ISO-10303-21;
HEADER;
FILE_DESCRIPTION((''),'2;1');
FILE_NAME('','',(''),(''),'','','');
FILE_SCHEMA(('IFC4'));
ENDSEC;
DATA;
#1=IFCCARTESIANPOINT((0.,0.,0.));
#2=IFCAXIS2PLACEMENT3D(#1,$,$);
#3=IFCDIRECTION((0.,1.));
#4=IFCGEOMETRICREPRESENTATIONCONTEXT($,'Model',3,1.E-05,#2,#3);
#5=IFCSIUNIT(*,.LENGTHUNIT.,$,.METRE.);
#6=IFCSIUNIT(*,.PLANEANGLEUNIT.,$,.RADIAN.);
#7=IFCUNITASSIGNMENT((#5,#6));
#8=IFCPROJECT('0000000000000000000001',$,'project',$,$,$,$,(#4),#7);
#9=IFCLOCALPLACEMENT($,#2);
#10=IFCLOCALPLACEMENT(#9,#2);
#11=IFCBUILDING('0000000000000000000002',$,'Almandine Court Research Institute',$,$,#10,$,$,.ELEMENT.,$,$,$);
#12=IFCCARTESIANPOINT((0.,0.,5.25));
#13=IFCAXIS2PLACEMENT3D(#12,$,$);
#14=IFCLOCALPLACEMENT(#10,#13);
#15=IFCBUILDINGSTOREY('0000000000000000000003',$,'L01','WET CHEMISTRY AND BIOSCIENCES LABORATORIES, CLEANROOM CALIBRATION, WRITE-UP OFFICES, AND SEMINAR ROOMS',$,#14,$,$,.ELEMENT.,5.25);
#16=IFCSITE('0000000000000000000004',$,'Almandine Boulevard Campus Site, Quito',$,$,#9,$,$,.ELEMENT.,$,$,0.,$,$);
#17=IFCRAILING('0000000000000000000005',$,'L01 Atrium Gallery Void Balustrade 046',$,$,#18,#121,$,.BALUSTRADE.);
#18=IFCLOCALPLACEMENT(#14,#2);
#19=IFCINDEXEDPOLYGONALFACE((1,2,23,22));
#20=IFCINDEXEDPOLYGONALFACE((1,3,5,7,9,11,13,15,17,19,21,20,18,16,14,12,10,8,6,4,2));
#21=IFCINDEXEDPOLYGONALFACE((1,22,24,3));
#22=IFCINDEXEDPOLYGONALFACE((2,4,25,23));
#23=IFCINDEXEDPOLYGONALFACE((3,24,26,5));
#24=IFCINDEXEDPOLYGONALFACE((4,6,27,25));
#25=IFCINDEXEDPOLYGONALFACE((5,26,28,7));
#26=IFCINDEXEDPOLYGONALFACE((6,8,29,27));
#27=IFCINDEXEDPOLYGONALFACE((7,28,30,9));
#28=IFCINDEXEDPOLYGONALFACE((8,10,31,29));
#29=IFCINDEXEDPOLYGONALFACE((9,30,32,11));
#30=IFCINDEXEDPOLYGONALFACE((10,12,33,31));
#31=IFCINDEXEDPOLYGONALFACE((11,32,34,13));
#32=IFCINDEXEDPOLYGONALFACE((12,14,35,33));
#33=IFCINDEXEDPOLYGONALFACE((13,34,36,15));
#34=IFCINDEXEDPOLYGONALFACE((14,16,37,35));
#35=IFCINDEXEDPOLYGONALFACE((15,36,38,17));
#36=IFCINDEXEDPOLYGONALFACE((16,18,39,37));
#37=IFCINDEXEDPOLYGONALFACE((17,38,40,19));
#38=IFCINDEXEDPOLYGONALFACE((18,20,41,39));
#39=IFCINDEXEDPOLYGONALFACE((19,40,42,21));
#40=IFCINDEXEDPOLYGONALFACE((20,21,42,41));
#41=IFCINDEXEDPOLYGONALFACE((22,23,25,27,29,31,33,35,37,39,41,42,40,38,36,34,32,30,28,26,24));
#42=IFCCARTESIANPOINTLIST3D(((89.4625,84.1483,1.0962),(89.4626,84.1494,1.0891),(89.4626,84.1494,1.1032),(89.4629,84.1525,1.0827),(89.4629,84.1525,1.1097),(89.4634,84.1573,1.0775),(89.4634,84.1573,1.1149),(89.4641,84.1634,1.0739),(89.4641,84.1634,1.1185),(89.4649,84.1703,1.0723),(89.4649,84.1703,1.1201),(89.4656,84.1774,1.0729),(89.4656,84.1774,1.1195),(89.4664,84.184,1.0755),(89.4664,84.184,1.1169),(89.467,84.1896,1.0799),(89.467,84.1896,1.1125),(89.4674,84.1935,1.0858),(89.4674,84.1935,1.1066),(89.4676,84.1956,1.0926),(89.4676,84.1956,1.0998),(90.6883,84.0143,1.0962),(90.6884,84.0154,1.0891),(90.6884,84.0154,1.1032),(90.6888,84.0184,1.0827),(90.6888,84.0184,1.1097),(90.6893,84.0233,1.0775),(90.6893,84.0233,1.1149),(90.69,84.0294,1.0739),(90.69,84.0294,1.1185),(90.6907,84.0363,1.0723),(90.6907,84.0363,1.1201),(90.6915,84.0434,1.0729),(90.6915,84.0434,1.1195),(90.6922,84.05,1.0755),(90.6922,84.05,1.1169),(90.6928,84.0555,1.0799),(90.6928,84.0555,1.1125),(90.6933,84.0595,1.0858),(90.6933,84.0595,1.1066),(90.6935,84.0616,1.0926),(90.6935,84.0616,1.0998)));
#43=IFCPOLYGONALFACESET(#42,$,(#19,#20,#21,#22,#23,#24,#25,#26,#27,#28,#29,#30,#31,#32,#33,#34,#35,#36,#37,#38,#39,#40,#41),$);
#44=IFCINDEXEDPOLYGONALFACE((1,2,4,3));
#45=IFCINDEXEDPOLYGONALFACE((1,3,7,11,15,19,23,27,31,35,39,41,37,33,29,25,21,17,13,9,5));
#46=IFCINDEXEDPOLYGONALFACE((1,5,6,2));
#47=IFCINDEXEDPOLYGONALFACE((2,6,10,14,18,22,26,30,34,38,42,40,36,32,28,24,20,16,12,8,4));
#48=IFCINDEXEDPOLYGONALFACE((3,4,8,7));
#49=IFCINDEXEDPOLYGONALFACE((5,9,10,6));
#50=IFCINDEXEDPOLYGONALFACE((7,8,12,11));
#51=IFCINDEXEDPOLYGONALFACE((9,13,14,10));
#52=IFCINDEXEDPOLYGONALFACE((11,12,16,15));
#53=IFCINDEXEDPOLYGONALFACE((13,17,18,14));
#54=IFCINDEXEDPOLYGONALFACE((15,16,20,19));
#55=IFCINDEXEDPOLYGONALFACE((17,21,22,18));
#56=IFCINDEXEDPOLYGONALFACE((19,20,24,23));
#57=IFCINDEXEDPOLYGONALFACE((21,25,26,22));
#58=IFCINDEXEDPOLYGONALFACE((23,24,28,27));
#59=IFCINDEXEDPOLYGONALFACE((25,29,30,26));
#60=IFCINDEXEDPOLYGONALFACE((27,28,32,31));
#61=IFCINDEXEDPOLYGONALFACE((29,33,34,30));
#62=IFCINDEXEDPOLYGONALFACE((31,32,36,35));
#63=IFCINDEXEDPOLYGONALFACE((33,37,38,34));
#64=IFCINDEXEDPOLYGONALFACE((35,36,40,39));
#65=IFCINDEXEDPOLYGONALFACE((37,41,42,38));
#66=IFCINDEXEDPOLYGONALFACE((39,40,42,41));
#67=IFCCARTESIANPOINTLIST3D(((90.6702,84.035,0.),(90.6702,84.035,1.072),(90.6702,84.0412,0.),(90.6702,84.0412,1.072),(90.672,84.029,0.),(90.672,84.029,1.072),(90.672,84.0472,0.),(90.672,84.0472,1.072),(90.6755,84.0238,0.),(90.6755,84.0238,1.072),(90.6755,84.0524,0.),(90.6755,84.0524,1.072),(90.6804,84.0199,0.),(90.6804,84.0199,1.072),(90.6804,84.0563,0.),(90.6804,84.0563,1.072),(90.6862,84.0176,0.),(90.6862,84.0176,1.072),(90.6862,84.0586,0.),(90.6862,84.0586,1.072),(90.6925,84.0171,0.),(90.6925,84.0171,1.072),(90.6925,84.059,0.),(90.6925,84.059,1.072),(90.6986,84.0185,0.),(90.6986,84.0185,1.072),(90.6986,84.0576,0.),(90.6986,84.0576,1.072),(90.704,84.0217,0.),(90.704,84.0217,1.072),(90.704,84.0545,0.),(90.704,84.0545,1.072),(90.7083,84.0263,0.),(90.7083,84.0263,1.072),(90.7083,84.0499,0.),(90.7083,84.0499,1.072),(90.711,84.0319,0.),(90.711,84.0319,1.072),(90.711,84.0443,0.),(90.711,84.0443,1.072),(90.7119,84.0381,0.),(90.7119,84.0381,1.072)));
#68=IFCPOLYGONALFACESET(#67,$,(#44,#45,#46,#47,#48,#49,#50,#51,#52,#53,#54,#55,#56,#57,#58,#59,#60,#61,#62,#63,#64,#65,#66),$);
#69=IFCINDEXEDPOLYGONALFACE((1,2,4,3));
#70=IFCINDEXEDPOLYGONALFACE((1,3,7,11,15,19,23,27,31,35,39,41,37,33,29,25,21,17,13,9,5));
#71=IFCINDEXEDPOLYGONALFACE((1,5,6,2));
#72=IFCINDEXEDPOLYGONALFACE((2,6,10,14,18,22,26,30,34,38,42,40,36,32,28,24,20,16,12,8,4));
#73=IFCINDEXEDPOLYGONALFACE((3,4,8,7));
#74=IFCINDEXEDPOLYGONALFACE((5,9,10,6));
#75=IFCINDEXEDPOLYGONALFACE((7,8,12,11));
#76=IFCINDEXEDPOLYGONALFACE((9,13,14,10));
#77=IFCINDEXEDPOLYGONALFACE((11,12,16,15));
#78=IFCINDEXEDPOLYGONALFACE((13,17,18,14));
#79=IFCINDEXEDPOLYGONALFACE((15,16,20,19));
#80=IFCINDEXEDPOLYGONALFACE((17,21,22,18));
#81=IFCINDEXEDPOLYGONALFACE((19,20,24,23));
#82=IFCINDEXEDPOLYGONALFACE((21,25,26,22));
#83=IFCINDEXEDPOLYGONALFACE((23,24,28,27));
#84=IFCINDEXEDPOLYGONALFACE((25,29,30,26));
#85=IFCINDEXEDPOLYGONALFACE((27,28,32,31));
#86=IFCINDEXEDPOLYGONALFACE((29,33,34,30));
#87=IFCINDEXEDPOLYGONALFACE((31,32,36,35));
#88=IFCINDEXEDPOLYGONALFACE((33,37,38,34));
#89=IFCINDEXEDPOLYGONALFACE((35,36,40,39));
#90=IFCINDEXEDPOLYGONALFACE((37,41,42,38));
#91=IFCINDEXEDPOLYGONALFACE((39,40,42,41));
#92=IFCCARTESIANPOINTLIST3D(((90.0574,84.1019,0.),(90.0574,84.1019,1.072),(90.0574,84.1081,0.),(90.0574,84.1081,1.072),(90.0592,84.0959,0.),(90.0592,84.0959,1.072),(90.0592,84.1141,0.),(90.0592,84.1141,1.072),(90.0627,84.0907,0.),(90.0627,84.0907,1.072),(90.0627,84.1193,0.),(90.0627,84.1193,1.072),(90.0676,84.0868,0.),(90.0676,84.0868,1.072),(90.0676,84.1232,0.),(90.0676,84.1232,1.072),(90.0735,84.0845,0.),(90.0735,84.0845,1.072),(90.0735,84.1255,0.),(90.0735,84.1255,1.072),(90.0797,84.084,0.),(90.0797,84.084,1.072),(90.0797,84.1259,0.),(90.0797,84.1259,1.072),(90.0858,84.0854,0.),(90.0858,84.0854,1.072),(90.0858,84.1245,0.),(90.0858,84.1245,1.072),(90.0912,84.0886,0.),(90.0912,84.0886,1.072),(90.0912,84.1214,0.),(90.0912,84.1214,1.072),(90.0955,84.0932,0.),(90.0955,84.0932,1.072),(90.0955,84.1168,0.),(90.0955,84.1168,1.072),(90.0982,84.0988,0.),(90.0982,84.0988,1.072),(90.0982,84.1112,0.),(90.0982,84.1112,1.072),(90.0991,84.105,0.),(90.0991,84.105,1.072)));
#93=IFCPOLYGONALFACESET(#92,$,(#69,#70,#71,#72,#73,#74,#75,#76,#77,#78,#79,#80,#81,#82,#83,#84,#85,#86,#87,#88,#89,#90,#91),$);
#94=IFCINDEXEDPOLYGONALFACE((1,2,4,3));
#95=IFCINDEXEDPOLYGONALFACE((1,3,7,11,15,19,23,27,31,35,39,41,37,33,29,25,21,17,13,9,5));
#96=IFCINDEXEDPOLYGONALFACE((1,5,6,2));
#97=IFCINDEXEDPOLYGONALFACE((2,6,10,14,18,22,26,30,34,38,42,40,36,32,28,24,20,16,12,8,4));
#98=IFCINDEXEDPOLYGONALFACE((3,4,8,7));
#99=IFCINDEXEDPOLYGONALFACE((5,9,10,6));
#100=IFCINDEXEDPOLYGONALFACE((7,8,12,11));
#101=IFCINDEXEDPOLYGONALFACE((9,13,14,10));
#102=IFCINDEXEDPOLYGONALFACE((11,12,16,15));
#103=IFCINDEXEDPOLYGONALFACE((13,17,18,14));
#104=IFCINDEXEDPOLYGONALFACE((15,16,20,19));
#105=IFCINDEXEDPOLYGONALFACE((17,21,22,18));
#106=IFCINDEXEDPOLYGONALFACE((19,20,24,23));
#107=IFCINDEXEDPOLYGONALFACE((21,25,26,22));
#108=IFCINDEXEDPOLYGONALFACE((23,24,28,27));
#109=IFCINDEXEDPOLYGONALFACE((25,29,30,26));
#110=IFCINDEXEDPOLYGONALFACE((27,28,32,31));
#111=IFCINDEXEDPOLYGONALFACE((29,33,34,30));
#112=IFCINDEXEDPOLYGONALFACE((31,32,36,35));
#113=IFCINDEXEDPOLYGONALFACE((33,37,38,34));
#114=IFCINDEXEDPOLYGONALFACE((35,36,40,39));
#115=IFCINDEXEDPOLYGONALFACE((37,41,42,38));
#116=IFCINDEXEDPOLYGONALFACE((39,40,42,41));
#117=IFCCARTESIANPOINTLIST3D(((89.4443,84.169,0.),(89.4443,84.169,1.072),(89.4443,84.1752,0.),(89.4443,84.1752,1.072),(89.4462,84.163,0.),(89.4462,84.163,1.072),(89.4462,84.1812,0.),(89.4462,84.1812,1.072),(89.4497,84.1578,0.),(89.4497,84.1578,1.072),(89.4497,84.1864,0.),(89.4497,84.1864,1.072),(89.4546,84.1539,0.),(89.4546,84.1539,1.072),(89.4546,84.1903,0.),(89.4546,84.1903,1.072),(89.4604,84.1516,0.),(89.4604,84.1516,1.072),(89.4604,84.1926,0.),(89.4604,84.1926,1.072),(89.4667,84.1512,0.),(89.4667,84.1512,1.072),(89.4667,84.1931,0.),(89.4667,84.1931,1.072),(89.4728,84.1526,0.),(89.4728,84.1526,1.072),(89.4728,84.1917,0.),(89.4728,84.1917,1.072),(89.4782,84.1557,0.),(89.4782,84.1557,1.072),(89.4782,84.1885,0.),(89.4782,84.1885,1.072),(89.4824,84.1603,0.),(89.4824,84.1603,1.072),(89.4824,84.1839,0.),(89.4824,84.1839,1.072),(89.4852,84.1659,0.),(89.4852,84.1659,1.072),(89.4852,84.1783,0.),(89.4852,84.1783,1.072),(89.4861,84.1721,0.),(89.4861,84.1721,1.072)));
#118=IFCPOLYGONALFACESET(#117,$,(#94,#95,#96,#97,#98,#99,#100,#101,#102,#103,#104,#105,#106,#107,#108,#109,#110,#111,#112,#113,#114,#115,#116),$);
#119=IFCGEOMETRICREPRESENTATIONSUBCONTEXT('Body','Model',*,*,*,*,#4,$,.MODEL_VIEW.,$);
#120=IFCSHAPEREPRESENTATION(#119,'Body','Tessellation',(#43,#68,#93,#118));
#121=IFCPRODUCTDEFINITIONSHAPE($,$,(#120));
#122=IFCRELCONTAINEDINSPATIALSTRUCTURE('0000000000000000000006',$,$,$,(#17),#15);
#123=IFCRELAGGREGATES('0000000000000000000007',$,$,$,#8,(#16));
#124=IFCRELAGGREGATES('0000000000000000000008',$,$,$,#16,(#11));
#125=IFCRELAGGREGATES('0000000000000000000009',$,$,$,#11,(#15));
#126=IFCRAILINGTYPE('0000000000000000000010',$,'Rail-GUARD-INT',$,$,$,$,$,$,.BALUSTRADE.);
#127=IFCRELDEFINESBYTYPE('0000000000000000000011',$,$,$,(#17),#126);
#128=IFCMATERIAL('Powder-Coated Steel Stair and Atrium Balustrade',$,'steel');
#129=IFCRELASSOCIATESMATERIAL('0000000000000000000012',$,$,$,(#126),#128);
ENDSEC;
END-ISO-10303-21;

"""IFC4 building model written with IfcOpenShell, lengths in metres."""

from ifc_helpers import new_model, si_unit, direction, frame, origin, origin_2d, place, context, subcontext, project, spatial, circle, extrude, material, type_object, element, save


model = new_model("IFC4")

# Units and contexts
model_context = context("Model", 3, precision=1e-05, world=origin(), true_north=direction((0.0, 1.0)))
body_context = subcontext(model_context, "Body", "Model", "MODEL_VIEW")
ifc_project = project(units=[si_unit("LENGTHUNIT", "METRE"), si_unit("PLANEANGLEUNIT", "RADIAN")], contexts=[model_context])

# Site, building, storey
site_placement = place(None, origin())
site = spatial("IfcSite", under=ifc_project, at=site_placement, Name="Almandine Boulevard Campus Site, Quito", CompositionType="ELEMENT", RefElevation=0.0)
building_placement = place(site_placement, origin())
building = spatial("IfcBuilding", under=site, at=building_placement, Name="Almandine Court Research Institute", CompositionType="ELEMENT")
storey_placement = place(building_placement, frame((0.0, 0.0, 5.25)))
storey = spatial("IfcBuildingStorey", under=building, at=storey_placement, Name="L01", Description="WET CHEMISTRY AND BIOSCIENCES LABORATORIES, CLEANROOM CALIBRATION, WRITE-UP OFFICES, AND SEMINAR ROOMS", CompositionType="ELEMENT", Elevation=5.25)

# Railing
ifc_material_1 = material(Name="Powder-Coated Steel Stair and Atrium Balustrade", Category="steel")
railing_type = type_object("IfcRailingType", Name="Rail-GUARD-INT", PredefinedType="BALUSTRADE", material=ifc_material_1)
railing_1_placement = place(storey_placement, frame((90.6909, 84.0381, 0.0)))
element("IfcRailing", 1, at=railing_1_placement, inside=storey, type_object=railing_type, Name="L01 Atrium Gallery Void Balustrade 046", PredefinedType="BALUSTRADE", context=body_context, shape_type="SweptSolid", body=[
    extrude(circle(Radius=0.0239, at=origin_2d()), frame((0.0, 0.0, 1.0962), z_axis=(-0.994075, 0.108693, 0.0), x_axis=(-0.108693, -0.994075, 0.0)), (0.0, 0.0, 1.0), 1.2332),
    extrude(circle(Radius=0.021, at=origin_2d()), origin(), (0.0, 0.0, 1.0), 1.072),
    extrude(circle(Radius=0.021, at=origin_2d()), frame((-0.6128, 0.0669, 0.0)), (0.0, 0.0, 1.0), 1.072),
    extrude(circle(Radius=0.021, at=origin_2d()), frame((-1.2258, 0.134, 0.0)), (0.0, 0.0, 1.0), 1.072),
])

save(model, "model.ifc")
